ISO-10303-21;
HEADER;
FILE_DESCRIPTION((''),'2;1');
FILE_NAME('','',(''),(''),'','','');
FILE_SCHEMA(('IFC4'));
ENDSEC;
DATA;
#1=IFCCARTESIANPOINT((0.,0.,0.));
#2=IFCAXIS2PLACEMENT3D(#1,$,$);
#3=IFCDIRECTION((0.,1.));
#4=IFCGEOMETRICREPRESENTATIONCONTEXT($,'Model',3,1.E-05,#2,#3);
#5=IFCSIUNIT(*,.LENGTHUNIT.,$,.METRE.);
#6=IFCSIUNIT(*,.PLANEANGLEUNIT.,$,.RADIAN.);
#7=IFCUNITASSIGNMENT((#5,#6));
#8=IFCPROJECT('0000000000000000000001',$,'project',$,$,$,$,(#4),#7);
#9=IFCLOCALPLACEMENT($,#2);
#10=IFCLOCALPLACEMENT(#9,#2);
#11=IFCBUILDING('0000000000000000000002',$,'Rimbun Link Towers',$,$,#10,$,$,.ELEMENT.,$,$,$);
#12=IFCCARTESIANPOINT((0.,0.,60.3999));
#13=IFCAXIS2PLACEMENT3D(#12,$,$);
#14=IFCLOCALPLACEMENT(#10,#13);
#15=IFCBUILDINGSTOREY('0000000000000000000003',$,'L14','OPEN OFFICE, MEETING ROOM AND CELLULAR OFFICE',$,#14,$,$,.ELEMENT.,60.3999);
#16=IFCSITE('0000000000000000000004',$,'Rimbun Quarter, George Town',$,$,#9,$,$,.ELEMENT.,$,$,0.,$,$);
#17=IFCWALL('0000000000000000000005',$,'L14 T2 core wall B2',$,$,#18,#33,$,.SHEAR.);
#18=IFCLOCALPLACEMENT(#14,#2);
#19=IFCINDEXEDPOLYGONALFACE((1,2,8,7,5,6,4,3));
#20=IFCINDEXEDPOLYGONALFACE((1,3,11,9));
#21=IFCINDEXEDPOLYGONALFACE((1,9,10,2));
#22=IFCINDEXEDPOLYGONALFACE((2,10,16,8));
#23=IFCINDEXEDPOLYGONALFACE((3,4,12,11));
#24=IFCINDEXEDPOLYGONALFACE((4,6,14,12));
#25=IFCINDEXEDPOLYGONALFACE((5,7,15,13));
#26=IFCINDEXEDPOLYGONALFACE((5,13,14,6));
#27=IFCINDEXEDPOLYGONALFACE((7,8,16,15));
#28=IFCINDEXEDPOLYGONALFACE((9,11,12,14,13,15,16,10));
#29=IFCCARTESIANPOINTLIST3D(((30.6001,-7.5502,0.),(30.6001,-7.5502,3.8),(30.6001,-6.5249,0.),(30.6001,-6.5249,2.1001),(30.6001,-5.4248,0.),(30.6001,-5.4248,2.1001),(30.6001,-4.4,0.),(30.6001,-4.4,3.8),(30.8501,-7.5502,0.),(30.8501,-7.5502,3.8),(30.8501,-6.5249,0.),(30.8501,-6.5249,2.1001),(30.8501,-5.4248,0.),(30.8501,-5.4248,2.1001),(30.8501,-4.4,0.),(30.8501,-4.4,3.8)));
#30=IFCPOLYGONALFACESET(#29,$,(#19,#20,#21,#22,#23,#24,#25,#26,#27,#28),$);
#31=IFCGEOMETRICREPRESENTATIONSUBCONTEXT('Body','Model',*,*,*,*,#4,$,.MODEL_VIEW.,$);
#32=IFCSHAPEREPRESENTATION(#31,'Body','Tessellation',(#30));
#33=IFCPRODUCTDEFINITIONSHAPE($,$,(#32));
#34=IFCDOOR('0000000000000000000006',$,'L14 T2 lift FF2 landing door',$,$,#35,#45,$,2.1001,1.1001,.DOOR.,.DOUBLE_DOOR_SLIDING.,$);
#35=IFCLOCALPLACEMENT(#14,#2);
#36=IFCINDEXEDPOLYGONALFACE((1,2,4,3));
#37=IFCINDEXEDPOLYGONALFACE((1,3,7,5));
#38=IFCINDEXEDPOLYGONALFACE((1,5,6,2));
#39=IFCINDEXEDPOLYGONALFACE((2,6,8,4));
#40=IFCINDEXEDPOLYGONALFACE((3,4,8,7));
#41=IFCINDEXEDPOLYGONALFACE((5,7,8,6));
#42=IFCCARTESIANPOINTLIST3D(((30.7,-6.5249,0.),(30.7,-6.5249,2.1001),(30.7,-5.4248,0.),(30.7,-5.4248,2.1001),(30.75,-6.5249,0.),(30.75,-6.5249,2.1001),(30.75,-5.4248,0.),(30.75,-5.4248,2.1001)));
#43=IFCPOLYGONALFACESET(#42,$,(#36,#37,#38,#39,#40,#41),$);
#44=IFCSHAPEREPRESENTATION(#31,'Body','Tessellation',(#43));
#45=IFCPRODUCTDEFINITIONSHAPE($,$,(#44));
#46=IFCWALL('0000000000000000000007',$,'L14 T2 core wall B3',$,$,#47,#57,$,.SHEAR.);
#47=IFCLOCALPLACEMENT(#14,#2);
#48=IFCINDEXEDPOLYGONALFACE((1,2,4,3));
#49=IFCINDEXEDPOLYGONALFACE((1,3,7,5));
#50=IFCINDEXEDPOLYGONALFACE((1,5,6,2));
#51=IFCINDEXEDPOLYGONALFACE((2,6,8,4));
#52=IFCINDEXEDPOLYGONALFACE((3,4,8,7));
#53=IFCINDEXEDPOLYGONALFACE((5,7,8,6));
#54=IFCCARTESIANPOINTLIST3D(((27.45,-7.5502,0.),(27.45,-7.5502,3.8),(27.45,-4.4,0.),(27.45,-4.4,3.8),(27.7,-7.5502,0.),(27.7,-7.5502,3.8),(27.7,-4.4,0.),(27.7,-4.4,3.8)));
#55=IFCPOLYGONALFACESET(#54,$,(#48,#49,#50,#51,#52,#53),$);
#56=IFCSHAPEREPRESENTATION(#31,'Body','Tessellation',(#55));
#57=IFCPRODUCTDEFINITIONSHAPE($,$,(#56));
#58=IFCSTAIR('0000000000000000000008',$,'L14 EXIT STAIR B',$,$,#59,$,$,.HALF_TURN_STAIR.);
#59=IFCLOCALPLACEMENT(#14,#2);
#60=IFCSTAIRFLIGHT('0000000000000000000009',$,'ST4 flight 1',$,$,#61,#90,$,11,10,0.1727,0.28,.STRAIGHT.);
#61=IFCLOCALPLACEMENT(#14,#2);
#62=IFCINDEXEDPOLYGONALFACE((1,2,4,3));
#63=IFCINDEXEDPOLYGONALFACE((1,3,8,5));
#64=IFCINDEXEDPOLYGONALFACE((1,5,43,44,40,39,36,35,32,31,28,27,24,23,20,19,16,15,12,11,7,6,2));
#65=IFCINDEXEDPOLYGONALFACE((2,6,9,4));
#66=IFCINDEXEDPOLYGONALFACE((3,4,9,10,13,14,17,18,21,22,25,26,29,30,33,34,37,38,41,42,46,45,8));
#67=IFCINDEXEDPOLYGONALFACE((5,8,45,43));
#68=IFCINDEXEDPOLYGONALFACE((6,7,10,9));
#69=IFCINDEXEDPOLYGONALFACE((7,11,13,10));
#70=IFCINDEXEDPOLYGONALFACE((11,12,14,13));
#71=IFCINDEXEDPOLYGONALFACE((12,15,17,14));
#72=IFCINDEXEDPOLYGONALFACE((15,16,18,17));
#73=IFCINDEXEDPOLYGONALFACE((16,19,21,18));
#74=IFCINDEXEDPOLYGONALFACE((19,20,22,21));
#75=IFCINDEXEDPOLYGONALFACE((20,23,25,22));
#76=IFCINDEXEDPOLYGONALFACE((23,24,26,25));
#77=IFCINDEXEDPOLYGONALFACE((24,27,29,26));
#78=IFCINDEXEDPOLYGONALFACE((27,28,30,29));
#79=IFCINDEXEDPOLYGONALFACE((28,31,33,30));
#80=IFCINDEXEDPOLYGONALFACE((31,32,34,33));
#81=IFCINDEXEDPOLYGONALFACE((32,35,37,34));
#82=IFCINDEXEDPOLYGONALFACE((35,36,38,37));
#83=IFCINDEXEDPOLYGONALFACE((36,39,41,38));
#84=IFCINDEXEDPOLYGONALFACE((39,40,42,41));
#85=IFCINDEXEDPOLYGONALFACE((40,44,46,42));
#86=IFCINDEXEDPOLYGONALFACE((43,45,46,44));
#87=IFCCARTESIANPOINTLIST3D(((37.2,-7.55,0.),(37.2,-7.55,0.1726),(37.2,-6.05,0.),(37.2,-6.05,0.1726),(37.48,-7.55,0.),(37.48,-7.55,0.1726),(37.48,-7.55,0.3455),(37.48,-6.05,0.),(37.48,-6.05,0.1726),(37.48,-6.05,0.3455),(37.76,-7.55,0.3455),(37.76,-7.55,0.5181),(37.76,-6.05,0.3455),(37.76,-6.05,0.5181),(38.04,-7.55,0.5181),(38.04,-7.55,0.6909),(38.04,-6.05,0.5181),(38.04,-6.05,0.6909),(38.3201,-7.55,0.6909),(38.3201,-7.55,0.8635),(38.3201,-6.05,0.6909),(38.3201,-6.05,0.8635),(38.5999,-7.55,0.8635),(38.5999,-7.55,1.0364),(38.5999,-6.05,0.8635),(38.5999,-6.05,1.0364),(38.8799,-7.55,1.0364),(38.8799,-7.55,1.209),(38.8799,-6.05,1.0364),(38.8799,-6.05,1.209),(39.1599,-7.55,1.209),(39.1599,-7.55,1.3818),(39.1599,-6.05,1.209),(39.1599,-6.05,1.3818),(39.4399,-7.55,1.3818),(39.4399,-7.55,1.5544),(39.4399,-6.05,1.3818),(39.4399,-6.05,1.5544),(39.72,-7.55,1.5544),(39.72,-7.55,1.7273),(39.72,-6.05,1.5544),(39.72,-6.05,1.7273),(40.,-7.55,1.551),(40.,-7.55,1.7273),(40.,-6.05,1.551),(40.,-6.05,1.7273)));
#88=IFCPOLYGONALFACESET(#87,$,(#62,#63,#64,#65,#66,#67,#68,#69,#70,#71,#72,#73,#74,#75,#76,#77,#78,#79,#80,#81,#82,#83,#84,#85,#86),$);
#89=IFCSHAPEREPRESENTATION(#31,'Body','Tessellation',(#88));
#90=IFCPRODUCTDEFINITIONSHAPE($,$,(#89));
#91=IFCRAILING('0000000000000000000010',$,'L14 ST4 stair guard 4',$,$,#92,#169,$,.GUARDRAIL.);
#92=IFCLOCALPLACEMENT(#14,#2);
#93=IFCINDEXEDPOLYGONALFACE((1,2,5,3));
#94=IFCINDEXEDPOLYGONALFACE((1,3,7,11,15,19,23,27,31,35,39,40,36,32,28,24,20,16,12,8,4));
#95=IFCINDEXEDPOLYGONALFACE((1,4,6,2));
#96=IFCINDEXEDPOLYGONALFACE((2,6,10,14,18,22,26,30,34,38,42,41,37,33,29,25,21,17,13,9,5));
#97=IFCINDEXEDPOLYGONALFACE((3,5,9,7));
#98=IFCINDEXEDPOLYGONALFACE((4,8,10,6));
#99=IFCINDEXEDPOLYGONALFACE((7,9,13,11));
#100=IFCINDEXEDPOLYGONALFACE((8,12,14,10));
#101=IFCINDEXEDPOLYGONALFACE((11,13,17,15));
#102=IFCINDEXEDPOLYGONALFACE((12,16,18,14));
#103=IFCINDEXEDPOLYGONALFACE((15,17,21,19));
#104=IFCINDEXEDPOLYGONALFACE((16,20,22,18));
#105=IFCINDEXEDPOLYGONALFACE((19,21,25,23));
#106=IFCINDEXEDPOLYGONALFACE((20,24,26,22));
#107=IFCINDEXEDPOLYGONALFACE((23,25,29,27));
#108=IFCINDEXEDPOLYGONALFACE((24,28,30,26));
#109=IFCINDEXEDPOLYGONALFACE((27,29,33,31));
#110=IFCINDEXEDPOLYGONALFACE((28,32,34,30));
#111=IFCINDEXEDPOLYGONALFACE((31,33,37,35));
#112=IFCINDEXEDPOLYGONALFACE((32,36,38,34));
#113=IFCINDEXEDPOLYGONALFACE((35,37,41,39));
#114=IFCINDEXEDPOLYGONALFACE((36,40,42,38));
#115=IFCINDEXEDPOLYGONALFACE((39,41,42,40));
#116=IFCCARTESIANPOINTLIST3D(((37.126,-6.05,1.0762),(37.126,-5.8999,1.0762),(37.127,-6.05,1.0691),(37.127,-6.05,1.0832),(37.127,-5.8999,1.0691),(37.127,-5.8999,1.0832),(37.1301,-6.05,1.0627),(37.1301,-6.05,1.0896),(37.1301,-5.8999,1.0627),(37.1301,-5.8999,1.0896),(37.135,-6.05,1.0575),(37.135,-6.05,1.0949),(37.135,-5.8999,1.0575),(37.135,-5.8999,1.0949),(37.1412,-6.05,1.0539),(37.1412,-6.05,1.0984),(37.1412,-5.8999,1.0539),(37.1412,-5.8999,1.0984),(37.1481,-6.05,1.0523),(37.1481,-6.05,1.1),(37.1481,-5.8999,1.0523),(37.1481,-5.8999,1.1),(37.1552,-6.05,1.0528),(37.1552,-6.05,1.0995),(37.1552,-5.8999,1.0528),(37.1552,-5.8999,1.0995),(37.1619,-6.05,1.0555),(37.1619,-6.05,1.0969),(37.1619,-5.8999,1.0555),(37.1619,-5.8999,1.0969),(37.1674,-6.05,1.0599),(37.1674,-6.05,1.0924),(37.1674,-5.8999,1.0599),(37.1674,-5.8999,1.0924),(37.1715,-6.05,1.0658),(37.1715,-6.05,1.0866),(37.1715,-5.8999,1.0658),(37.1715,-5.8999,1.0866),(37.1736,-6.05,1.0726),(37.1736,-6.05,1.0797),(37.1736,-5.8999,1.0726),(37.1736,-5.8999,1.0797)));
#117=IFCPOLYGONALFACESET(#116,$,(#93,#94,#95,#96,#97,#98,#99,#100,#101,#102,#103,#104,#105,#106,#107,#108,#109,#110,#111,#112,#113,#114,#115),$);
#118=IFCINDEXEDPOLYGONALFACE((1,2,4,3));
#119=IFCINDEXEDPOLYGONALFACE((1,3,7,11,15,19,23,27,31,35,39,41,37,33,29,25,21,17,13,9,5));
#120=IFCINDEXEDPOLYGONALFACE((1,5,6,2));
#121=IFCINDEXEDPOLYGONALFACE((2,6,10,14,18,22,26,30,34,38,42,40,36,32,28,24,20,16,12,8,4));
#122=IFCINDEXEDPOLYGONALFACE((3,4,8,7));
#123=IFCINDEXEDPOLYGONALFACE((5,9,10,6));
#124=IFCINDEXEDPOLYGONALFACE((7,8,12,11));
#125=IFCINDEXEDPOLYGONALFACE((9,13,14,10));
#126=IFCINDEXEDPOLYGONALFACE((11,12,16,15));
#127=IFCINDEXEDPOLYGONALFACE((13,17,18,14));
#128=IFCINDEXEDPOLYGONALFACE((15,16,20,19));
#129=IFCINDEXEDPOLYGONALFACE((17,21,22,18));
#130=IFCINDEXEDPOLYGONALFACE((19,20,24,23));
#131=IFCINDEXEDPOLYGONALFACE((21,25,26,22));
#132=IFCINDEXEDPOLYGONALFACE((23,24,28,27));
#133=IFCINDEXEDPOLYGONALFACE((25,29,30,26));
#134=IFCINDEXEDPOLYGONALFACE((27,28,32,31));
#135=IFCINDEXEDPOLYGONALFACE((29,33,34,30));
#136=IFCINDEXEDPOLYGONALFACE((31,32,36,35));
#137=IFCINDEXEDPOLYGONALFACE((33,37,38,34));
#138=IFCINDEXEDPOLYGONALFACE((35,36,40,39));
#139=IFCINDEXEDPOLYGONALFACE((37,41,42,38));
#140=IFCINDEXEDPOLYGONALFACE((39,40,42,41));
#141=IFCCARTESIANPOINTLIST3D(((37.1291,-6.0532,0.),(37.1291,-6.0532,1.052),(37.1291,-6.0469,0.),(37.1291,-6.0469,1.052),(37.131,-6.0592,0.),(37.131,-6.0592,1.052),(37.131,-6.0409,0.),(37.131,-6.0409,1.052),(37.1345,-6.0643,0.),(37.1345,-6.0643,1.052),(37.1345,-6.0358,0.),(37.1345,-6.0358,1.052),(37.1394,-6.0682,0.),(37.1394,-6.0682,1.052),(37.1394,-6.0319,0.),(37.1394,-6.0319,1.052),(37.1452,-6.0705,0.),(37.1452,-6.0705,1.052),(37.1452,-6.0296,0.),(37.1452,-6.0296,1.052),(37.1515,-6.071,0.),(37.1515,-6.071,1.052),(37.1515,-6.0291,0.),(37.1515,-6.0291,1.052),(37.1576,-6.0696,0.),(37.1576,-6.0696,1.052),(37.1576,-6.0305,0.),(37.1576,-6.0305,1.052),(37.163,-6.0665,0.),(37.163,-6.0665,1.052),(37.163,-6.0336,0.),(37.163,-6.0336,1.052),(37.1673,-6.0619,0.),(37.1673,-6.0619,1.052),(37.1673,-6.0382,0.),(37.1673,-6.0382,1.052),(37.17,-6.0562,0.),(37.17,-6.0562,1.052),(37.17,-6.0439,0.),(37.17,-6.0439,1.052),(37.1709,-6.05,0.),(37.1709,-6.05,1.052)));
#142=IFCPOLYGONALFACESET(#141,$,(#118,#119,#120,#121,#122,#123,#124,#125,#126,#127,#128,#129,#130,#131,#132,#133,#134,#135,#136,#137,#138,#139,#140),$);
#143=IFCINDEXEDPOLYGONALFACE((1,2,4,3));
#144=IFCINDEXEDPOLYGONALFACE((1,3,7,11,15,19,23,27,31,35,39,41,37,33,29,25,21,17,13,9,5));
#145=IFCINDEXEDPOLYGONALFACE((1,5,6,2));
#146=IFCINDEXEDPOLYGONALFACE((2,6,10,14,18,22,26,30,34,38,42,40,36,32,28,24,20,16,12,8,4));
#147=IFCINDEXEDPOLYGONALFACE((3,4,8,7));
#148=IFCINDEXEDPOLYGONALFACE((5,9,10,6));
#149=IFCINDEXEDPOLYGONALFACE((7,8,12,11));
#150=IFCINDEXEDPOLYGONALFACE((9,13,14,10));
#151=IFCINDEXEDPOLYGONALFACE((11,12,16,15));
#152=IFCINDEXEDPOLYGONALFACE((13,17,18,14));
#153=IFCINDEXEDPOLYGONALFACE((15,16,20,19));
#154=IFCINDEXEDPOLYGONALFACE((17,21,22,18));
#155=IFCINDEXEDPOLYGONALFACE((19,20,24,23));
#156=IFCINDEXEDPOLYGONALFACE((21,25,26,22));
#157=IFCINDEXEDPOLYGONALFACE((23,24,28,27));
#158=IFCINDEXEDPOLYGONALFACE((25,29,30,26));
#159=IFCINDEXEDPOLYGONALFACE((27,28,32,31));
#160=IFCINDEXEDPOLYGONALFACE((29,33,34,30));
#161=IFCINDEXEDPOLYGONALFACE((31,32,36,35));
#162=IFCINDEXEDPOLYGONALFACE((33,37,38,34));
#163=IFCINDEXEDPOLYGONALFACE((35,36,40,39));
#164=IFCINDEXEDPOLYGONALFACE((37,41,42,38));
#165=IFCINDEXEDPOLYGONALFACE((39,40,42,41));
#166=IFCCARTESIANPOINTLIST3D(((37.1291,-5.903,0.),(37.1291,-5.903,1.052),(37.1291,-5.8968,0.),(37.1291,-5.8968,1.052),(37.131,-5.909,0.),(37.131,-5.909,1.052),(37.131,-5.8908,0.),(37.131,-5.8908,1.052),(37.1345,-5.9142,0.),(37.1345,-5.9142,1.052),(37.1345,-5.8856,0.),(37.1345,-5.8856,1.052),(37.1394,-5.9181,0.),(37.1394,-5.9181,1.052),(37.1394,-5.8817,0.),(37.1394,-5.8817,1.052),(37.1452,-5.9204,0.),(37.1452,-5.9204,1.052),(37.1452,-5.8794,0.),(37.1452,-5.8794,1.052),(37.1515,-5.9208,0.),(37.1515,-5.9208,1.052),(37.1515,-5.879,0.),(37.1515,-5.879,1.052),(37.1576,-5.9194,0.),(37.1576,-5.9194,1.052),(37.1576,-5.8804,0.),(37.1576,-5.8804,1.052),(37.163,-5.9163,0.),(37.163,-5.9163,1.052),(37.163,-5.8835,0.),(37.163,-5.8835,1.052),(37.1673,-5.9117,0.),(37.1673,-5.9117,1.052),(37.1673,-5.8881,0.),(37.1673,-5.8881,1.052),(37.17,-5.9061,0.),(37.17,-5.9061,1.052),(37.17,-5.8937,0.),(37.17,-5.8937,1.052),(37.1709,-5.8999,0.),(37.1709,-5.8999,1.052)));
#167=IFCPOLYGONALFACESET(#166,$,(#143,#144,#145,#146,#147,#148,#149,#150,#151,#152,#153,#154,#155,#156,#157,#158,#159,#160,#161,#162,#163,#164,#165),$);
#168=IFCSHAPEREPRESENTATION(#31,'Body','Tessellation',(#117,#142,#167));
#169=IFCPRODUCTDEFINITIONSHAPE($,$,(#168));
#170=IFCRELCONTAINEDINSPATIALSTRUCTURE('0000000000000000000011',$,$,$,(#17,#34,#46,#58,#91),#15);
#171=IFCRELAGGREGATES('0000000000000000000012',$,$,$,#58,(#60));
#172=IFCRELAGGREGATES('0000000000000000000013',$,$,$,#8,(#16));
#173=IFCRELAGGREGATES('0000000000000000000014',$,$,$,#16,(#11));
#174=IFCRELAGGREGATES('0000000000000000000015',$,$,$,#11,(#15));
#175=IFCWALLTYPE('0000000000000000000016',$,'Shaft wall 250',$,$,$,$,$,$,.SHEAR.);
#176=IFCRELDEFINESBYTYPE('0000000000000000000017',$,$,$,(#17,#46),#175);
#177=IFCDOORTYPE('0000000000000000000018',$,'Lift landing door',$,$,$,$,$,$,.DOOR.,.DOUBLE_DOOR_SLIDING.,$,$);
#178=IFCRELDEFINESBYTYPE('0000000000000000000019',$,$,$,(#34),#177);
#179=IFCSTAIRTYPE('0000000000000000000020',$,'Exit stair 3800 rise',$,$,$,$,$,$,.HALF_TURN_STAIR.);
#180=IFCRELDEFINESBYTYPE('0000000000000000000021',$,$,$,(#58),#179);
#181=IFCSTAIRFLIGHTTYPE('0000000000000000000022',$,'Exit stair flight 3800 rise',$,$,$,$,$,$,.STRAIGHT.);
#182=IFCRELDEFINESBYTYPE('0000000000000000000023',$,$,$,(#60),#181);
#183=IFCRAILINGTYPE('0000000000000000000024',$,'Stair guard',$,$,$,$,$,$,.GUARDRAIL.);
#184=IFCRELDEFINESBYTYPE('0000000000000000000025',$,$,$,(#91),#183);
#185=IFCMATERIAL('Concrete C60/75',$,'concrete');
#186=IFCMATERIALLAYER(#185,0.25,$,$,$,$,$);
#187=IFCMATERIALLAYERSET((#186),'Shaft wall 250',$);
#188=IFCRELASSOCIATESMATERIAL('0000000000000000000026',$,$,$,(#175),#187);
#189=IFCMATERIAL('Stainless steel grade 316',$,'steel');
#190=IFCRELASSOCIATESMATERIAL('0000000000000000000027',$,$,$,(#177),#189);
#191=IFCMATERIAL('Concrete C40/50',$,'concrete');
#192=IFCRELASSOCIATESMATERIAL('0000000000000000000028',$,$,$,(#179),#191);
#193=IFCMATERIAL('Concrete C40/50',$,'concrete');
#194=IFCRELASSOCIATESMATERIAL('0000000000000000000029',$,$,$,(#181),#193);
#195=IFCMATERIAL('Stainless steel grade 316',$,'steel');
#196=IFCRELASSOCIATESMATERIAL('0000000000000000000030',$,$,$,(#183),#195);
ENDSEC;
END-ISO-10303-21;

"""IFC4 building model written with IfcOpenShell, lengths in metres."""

from ifc_helpers import new_model, si_unit, direction, frame, frame_2d, origin, origin_2d, place, context, subcontext, project, spatial, polyline, rectangle, circle, outline, extrude, material, layer, layer_set, type_object, element, fill, aggregate, save


model = new_model("IFC4")

# Units and contexts
model_context = context("Model", 3, precision=1e-05, world=origin(), true_north=direction((0.0, 1.0)))
body_context = subcontext(model_context, "Body", "Model", "MODEL_VIEW")
ifc_project = project(units=[si_unit("LENGTHUNIT", "METRE"), si_unit("PLANEANGLEUNIT", "RADIAN")], contexts=[model_context])

# Site, building, storey
site_placement = place(None, origin())
site = spatial("IfcSite", under=ifc_project, at=site_placement, Name="Rimbun Quarter, George Town", CompositionType="ELEMENT", RefElevation=0.0)
building_placement = place(site_placement, origin())
building = spatial("IfcBuilding", under=site, at=building_placement, Name="Rimbun Link Towers", CompositionType="ELEMENT")
storey_placement = place(building_placement, frame((0.0, 0.0, 60.3999)))
storey = spatial("IfcBuildingStorey", under=building, at=storey_placement, Name="L14", Description="OPEN OFFICE, MEETING ROOM AND CELLULAR OFFICE", CompositionType="ELEMENT", Elevation=60.3999)

# Shared definitions
ifc_material_1 = material(Name="Concrete C60/75", Category="concrete")
ifc_layer = layer(ifc_material_1, 0.25)
ifc_layer_set = layer_set([ifc_layer], Name="Shaft wall 250")
wall_type = type_object("IfcWallType", Name="Shaft wall 250", PredefinedType="SHEAR", material=ifc_layer_set)

# Wall, opening, door
wall_1_placement = place(storey_placement, frame((30.7251, -4.3999, 0.0), z_axis=(0.0, 0.0, 1.0), x_axis=(0.0, -1.0, 0.0)))
wall_1 = element("IfcWall", 1, at=wall_1_placement, inside=storey, type_object=wall_type, Name="L14 T2 core wall B2", PredefinedType="SHEAR", context=body_context, shape_type="SweptSolid", body=[
    extrude(rectangle(XDim=3.1501, YDim=0.25, at=frame_2d((1.5752, 0.0))), origin(), (0.0, 0.0, 1.0), 3.8),
])
opening_1_placement = place(wall_1_placement, frame((1.0249, 0.0, 0.0)))
opening_1 = element("IfcOpeningElement", 2, at=opening_1_placement, cuts=wall_1, PredefinedType="OPENING", context=body_context, shape_type="SweptSolid", body=[
    extrude(rectangle(XDim=1.1001, YDim=2.1001, at=frame_2d((0.55, 1.05))), frame((0.0, 0.135, 0.0), z_axis=(0.0, -1.0, 0.0), x_axis=(1.0, 0.0, 0.0)), (0.0, 0.0, 1.0), 0.27),
])
ifc_material_2 = material(Name="Stainless steel grade 316", Category="steel")
door_type_1 = type_object("IfcDoorType", Name="Lift landing door", OperationType="DOUBLE_DOOR_SLIDING", PredefinedType="DOOR", material=ifc_material_2)
door_1_placement = place(opening_1_placement, origin())
door_1 = element("IfcDoor", 3, at=door_1_placement, inside=storey, type_object=door_type_1, Name="L14 T2 lift FF2 landing door", OperationType="DOUBLE_DOOR_SLIDING", OverallHeight=2.1001, OverallWidth=1.1001, PredefinedType="DOOR", context=body_context, shape_type="SweptSolid", body=[
    extrude(rectangle(XDim=1.1001, YDim=2.1001, at=frame_2d((0.55, 1.05))), frame((0.0, 0.0249, 0.0), z_axis=(0.0, -1.0, 0.0), x_axis=(1.0, 0.0, 0.0)), (0.0, 0.0, 1.0), 0.05),
])
fill(opening_1, door_1)

# Wall
wall_2_placement = place(storey_placement, frame((27.575, -4.3999, 0.0), z_axis=(0.0, 0.0, 1.0), x_axis=(0.0, -1.0, 0.0)))
element("IfcWall", 4, at=wall_2_placement, inside=storey, type_object=wall_type, Name="L14 T2 core wall B3", PredefinedType="SHEAR", context=body_context, shape_type="SweptSolid", body=[
    extrude(rectangle(XDim=3.1501, YDim=0.25, at=frame_2d((1.5752, 0.0))), origin(), (0.0, 0.0, 1.0), 3.8),
])

# Stair, stair flight
ifc_material_3 = material(Name="Concrete C40/50", Category="concrete")
stair_type = type_object("IfcStairType", Name="Exit stair 3800 rise", PredefinedType="HALF_TURN_STAIR", material=ifc_material_3)
stair_placement = place(storey_placement, origin())
stair = element("IfcStair", 5, at=stair_placement, inside=storey, type_object=stair_type, Name="L14 EXIT STAIR B", PredefinedType="HALF_TURN_STAIR")
ifc_material_4 = material(Name="Concrete C40/50", Category="concrete")
stair_flight_type = type_object("IfcStairFlightType", Name="Exit stair flight 3800 rise", PredefinedType="STRAIGHT", material=ifc_material_4)
stair_flight_placement = place(storey_placement, frame((37.2, -6.8, 0.0), z_axis=(0.0, 0.0, 1.0), x_axis=(1.0, 0.0, 0.0)))
stair_flight = element("IfcStairFlight", 6, at=stair_flight_placement, type_object=stair_flight_type, Name="ST4 flight 1", NumberOfRisers=11, NumberOfTreads=10, PredefinedType="STRAIGHT", RiserHeight=0.1727, TreadLength=0.28, context=body_context, shape_type="SweptSolid", body=[
    extrude(outline(polyline([(0.0, 0.0), (0.0, 0.1726), (0.28, 0.1726), (0.28, 0.3455), (0.5601, 0.3455), (0.5601, 0.5181), (0.8401, 0.5181), (0.8401, 0.6909), (1.1201, 0.6909), (1.1201, 0.8635), (1.3999, 0.8635), (1.3999, 1.0364), (1.6799, 1.0364), (1.6799, 1.209), (1.96, 1.209), (1.96, 1.3818), (2.24, 1.3818), (2.24, 1.5544), (2.52, 1.5544), (2.52, 1.7273), (2.8, 1.7273), (2.8, 1.8999), (2.8, 1.551), (0.28, 0.0), (0.0, 0.0)])), frame((0.0, 0.75, 0.0), z_axis=(0.0, -1.0, 0.0), x_axis=(1.0, 0.0, 0.0)), (0.0, 0.0, 1.0), 1.5),
])
aggregate(stair, [stair_flight])

# Railing
ifc_material_5 = material(Name="Stainless steel grade 316", Category="steel")
railing_type_1 = type_object("IfcRailingType", Name="Stair guard", PredefinedType="GUARDRAIL", material=ifc_material_5)
railing_1_placement = place(storey_placement, frame((37.1499, -6.05, 0.0)))
element("IfcRailing", 7, at=railing_1_placement, inside=storey, type_object=railing_type_1, Name="L14 ST4 stair guard 4", PredefinedType="GUARDRAIL", context=body_context, shape_type="SweptSolid", body=[
    extrude(circle(Radius=0.0239, at=origin_2d()), frame((0.0, 0.0, 1.0762), z_axis=(0.0, 1.0, 0.0), x_axis=(-1.0, 0.0, 0.0)), (0.0, 0.0, 1.0), 0.1501),
    extrude(circle(Radius=0.021, at=origin_2d()), origin(), (0.0, 0.0, 1.0), 1.052),
    extrude(circle(Radius=0.021, at=origin_2d()), frame((0.0, 0.1501, 0.0)), (0.0, 0.0, 1.0), 1.052),
])

save(model, "model.ifc")
